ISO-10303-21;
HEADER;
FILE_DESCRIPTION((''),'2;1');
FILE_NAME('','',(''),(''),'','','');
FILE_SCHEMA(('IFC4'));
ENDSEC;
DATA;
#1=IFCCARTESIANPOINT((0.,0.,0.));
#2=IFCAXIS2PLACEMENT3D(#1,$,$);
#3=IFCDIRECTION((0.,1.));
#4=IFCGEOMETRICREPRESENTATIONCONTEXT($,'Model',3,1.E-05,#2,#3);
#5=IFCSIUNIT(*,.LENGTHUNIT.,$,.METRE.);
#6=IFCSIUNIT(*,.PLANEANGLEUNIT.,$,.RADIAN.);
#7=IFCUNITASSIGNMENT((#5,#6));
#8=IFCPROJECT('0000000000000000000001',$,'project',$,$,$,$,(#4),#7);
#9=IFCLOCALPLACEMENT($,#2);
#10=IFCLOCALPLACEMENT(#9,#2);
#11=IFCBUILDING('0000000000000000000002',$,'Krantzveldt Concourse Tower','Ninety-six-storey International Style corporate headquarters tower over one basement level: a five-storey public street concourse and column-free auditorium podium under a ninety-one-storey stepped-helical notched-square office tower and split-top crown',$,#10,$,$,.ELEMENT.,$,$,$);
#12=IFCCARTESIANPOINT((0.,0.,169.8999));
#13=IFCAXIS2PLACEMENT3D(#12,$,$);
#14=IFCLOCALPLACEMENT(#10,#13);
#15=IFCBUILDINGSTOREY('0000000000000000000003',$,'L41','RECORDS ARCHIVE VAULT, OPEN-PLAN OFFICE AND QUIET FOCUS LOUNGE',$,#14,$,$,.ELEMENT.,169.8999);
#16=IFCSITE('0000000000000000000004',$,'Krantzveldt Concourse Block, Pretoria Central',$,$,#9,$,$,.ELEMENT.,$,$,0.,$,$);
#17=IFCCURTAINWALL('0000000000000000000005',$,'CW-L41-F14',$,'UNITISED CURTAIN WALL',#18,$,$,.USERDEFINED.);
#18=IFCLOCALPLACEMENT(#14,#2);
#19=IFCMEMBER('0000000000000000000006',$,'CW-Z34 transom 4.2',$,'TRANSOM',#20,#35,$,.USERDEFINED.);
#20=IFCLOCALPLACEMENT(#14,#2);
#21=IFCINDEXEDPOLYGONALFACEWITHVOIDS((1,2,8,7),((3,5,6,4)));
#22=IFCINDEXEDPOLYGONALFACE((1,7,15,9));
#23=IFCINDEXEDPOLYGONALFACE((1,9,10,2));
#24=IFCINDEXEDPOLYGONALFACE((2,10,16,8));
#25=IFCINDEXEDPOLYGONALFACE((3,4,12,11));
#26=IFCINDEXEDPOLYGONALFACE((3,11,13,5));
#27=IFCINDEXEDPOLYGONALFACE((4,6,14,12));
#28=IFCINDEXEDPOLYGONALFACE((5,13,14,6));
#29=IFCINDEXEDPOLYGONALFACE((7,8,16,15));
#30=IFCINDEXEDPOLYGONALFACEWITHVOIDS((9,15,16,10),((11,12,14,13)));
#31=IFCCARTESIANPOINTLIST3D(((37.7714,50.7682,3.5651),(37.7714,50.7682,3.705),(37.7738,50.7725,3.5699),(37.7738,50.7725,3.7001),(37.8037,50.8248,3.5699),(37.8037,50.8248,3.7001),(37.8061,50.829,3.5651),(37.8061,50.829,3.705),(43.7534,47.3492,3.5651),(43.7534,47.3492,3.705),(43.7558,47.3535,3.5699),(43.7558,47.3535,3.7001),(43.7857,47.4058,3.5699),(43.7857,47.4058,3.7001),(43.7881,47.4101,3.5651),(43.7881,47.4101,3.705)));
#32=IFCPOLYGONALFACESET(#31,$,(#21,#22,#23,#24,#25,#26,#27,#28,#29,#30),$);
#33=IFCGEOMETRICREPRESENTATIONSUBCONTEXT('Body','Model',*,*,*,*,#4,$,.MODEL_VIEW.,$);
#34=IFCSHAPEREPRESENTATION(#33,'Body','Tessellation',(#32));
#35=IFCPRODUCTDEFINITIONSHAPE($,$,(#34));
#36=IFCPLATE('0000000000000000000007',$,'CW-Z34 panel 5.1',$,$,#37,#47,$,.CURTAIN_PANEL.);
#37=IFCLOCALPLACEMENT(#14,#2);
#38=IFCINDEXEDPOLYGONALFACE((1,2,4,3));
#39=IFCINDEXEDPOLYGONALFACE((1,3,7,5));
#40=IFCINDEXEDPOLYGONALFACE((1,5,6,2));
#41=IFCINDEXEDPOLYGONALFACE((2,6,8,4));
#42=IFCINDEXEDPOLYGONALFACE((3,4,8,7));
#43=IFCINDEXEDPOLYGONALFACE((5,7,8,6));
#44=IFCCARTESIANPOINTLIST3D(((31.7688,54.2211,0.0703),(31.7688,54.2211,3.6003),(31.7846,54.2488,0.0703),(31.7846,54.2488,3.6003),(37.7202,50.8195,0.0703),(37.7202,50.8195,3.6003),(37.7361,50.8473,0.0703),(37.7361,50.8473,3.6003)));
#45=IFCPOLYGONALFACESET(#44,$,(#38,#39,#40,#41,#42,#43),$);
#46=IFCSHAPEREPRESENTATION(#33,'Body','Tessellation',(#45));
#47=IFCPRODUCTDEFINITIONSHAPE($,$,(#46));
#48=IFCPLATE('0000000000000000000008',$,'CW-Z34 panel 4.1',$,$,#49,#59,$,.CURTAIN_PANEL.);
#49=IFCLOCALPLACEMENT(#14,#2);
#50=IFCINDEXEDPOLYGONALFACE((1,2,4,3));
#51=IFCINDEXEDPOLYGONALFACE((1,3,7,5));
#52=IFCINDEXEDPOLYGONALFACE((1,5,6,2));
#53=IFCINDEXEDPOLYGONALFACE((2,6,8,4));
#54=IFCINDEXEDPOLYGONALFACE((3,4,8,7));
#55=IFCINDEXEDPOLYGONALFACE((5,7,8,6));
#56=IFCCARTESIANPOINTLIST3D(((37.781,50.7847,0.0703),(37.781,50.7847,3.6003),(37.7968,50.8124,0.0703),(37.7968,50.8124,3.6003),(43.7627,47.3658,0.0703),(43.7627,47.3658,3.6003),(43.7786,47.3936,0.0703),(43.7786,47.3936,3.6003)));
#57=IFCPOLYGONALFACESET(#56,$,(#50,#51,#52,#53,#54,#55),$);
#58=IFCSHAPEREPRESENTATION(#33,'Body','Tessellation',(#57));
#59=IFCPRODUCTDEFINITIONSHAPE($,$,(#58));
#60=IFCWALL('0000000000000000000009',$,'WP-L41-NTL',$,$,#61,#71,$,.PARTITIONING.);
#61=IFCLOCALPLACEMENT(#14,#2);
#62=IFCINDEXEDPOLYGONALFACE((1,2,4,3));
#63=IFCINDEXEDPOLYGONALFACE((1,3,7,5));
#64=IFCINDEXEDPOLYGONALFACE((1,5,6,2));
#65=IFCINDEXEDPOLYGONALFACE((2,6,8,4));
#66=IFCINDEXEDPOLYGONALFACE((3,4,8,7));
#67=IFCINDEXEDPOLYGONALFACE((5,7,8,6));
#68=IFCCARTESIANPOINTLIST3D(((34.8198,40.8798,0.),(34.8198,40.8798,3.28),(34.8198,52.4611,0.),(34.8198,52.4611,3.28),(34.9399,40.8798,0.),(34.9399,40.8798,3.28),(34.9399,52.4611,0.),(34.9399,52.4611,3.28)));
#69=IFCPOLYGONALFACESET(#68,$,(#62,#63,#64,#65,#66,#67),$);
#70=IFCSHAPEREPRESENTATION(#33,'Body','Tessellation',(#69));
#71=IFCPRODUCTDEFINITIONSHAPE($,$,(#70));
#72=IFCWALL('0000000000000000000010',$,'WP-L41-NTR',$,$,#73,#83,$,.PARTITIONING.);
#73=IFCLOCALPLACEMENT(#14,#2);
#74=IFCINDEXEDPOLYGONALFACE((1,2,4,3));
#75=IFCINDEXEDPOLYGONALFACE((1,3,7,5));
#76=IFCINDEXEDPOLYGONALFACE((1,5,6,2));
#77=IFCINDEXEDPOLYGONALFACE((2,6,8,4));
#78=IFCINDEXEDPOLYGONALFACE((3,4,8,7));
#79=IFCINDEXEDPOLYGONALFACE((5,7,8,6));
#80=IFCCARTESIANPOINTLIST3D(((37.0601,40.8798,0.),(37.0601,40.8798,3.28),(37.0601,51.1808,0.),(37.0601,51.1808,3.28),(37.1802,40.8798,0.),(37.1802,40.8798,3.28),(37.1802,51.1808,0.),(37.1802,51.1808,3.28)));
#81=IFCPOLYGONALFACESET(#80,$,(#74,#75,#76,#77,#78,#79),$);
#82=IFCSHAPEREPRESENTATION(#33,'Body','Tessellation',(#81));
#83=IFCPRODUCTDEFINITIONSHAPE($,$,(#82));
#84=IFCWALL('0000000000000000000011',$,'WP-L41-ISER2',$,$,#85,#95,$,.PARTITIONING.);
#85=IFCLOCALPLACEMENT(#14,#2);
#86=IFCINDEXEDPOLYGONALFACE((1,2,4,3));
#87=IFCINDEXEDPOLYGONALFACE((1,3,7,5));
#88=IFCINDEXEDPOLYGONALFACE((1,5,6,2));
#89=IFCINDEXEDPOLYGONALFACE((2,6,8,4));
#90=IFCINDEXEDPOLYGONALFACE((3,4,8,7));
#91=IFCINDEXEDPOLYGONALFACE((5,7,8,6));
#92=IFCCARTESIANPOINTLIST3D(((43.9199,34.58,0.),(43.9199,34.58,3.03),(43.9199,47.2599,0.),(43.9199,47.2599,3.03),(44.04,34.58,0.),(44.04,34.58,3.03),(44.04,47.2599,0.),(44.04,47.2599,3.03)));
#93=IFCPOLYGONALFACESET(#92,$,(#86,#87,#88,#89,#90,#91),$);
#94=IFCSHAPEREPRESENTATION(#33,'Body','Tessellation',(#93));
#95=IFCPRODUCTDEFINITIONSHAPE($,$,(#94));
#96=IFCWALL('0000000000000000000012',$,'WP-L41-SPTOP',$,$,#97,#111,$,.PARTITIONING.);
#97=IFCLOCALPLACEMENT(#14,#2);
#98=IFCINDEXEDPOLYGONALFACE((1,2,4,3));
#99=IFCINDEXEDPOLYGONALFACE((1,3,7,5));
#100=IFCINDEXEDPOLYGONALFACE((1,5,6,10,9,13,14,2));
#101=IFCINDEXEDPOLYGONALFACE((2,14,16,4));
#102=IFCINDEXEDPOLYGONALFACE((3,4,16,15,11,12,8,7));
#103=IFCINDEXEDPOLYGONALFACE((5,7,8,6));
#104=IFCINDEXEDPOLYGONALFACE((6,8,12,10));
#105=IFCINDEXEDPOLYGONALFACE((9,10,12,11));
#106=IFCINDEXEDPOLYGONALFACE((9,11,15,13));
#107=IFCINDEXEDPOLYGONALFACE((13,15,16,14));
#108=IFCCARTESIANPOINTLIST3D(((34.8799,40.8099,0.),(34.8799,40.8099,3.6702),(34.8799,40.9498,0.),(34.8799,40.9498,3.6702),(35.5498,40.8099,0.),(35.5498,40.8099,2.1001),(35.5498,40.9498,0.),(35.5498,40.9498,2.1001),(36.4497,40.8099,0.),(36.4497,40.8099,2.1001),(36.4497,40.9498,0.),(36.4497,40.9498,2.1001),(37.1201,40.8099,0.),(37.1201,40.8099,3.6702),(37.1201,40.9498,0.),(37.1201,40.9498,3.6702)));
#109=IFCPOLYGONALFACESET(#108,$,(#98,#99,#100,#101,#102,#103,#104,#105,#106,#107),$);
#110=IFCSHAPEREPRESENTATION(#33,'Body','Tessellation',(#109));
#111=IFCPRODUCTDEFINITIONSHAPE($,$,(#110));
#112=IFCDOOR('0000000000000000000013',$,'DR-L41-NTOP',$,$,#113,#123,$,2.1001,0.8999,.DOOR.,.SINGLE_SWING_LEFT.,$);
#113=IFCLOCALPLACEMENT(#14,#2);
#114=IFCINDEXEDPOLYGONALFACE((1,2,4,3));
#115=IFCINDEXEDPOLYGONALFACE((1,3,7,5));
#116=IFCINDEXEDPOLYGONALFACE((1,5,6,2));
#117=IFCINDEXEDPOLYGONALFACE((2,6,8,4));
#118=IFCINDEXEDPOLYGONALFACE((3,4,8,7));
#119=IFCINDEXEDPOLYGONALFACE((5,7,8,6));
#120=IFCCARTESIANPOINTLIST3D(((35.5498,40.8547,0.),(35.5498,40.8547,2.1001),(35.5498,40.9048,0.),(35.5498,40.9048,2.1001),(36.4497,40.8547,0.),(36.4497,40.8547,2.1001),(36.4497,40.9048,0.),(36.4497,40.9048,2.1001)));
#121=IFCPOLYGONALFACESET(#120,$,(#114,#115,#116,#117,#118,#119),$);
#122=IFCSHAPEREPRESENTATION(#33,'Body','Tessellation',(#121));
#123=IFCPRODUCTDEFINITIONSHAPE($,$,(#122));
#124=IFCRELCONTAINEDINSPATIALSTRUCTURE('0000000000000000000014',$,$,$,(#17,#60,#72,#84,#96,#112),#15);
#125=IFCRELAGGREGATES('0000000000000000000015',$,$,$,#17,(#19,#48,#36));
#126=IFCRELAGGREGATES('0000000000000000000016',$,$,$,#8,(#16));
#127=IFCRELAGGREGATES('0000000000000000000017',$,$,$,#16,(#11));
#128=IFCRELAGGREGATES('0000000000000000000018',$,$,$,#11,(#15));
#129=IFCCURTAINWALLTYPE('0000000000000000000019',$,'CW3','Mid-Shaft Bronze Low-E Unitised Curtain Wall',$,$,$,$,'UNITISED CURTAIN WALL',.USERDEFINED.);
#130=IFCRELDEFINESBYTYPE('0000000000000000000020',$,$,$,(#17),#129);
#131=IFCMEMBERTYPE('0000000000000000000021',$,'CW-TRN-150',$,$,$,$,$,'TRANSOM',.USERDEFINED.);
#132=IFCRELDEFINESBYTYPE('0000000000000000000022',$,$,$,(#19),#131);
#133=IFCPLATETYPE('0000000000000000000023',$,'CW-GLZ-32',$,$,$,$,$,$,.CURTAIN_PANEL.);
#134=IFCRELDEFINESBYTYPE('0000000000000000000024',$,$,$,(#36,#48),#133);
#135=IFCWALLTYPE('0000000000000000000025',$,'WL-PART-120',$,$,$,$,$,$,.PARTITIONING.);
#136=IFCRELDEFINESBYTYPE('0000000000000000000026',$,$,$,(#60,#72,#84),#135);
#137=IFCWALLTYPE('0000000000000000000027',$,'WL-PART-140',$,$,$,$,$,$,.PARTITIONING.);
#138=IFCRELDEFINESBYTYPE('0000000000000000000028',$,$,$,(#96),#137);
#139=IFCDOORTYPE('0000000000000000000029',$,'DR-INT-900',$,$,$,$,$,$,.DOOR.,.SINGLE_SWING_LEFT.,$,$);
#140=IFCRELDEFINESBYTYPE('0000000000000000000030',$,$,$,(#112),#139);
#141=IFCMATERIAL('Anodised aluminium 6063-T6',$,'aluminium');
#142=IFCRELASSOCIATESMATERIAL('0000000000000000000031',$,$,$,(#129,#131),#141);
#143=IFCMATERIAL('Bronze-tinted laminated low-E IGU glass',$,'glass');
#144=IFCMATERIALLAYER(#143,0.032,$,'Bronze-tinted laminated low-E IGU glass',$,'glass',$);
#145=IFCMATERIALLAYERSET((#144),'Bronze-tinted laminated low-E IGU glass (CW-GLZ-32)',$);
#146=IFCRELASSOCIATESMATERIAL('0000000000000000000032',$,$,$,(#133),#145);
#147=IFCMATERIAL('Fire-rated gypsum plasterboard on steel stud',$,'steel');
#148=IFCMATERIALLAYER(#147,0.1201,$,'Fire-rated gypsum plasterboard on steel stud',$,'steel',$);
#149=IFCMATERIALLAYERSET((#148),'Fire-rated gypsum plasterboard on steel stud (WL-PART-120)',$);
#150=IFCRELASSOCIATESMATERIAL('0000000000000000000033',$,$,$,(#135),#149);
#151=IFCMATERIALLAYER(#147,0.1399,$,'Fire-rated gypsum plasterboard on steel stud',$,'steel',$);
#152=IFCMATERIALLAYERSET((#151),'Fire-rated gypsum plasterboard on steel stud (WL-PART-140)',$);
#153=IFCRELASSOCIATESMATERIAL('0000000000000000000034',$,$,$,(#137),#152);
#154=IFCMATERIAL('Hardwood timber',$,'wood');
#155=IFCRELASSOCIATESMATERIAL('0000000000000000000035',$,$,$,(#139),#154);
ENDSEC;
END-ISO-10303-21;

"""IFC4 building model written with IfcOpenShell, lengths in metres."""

from ifc_helpers import new_model, si_unit, direction, frame, frame_2d, origin, origin_2d, place, context, subcontext, project, spatial, rectangle, hollow_rectangle, extrude, source, transform, mapped, material, layer, layer_set, material_profile, profile_set, type_object, type_shapes, element, fill, aggregate, save


model = new_model("IFC4")

# Units and contexts
model_context = context("Model", 3, precision=1e-05, world=origin(), true_north=direction((0.0, 1.0)))
body_context = subcontext(model_context, "Body", "Model", "MODEL_VIEW")
ifc_project = project(units=[si_unit("LENGTHUNIT", "METRE"), si_unit("PLANEANGLEUNIT", "RADIAN")], contexts=[model_context])

# Site, building, storey
site_placement = place(None, origin())
site = spatial("IfcSite", under=ifc_project, at=site_placement, Name="Krantzveldt Concourse Block, Pretoria Central", CompositionType="ELEMENT", RefElevation=0.0)
building_placement = place(site_placement, origin())
building = spatial("IfcBuilding", under=site, at=building_placement, Name="Krantzveldt Concourse Tower", Description="Ninety-six-storey International Style corporate headquarters tower over one basement level: a five-storey public street concourse and column-free auditorium podium under a ninety-one-storey stepped-helical notched-square office tower and split-top crown", CompositionType="ELEMENT")
storey_placement = place(building_placement, frame((0.0, 0.0, 169.8999)))
storey = spatial("IfcBuildingStorey", under=building, at=storey_placement, Name="L41", Description="RECORDS ARCHIVE VAULT, OPEN-PLAN OFFICE AND QUIET FOCUS LOUNGE", CompositionType="ELEMENT", Elevation=169.8999)

# Curtain wall, member, plates
ifc_material_1 = material(Name="Anodised aluminium 6063-T6", Category="aluminium")
curtain_wall_type = type_object("IfcCurtainWallType", Name="CW3", Description="Mid-Shaft Bronze Low-E Unitised Curtain Wall", ElementType="UNITISED CURTAIN WALL", PredefinedType="USERDEFINED", material=ifc_material_1)
curtain_wall_placement = place(storey_placement, origin())
curtain_wall = element("IfcCurtainWall", 1, at=curtain_wall_placement, inside=storey, type_object=curtain_wall_type, Name="CW-L41-F14", ObjectType="UNITISED CURTAIN WALL", PredefinedType="USERDEFINED")
ifc_material_profile_1 = material_profile(ifc_material_1, hollow_rectangle(XDim=0.0701, YDim=0.1399, WallThickness=0.0049, at=origin_2d()), Name="Anodised aluminium 6063-T6", Category="aluminium")
ifc_profile_set_1 = profile_set([ifc_material_profile_1], Name="Anodised aluminium 6063-T6 - ALU-TRAN 140x70x5")
member_type_1 = type_object("IfcMemberType", Name="CW-TRN-150", ElementType="TRANSOM", PredefinedType="USERDEFINED", material=ifc_profile_set_1)
shared_shape_1 = source(origin(), body_context, "Body", "SweptSolid", [
    extrude(hollow_rectangle(XDim=0.0701, YDim=0.1399, WallThickness=0.0049, at=origin_2d()), origin(), (0.0, 0.0, 1.0), 6.8901),
])
member_1_placement = place(storey_placement, frame((43.7708, 47.3796, 3.635), z_axis=(-0.8682, 0.496215, 0.0), x_axis=(-0.496215, -0.8682, 0.0)))
member_1 = element("IfcMember", 2, at=member_1_placement, type_object=member_type_1, Name="CW-Z34 transom 4.2", ObjectType="TRANSOM", PredefinedType="USERDEFINED", context=body_context, shape_type="MappedRepresentation", body=[
    mapped(shared_shape_1, transform((0.0, 0.0, 0.0), x_axis=(1.0, 0.0, 0.0), y_axis=(0.0, 1.0, 0.0), z_axis=(0.0, 0.0, 1.0), scale=1.0)),
])
ifc_material_2 = material(Name="Bronze-tinted laminated low-E IGU glass", Category="glass")
ifc_layer_1 = layer(ifc_material_2, 0.032, Name="Bronze-tinted laminated low-E IGU glass", Category="glass")
ifc_layer_set_1 = layer_set([ifc_layer_1], Name="Bronze-tinted laminated low-E IGU glass (CW-GLZ-32)")
plate_type = type_object("IfcPlateType", Name="CW-GLZ-32", PredefinedType="CURTAIN_PANEL", material=ifc_layer_set_1)
shared_shape_2 = source(origin(), body_context, "Body", "SweptSolid", [
    extrude(rectangle(XDim=6.855, YDim=0.032, at=origin_2d()), origin(), (0.0, 0.0, 1.0), 3.53),
])
plate_1_placement = place(storey_placement, frame((34.7524, 52.5342, 0.0703), z_axis=(0.0, 0.0, 1.0), x_axis=(-0.868199, 0.496216, 0.0)))
plate_1 = element("IfcPlate", 3, at=plate_1_placement, type_object=plate_type, Name="CW-Z34 panel 5.1", PredefinedType="CURTAIN_PANEL", context=body_context, shape_type="MappedRepresentation", body=[
    mapped(shared_shape_2, transform((0.0, 0.0, 0.0), x_axis=(1.0, 0.0, 0.0), y_axis=(0.0, 1.0, 0.0), z_axis=(0.0, 0.0, 1.0), scale=1.0)),
])
shared_shape_3 = source(origin(), body_context, "Body", "SweptSolid", [
    extrude(rectangle(XDim=6.8899, YDim=0.032, at=origin_2d()), origin(), (0.0, 0.0, 1.0), 3.53),
])
type_shapes(plate_type, [shared_shape_2, shared_shape_3])
plate_2_placement = place(storey_placement, frame((40.7798, 49.0891, 0.0703), z_axis=(0.0, 0.0, 1.0), x_axis=(-0.868199, 0.496216, 0.0)))
plate_2 = element("IfcPlate", 4, at=plate_2_placement, type_object=plate_type, Name="CW-Z34 panel 4.1", PredefinedType="CURTAIN_PANEL", context=body_context, shape_type="MappedRepresentation", body=[
    mapped(shared_shape_3, transform((0.0, 0.0, 0.0), x_axis=(1.0, 0.0, 0.0), y_axis=(0.0, 1.0, 0.0), z_axis=(0.0, 0.0, 1.0), scale=1.0)),
])
aggregate(curtain_wall, [member_1, plate_2, plate_1])

# Walls
ifc_material_3 = material(Name="Fire-rated gypsum plasterboard on steel stud", Category="steel")
ifc_layer_2 = layer(ifc_material_3, 0.1201, Name="Fire-rated gypsum plasterboard on steel stud", Category="steel")
ifc_layer_set_2 = layer_set([ifc_layer_2], Name="Fire-rated gypsum plasterboard on steel stud (WL-PART-120)")
wall_type_1 = type_object("IfcWallType", Name="WL-PART-120", PredefinedType="PARTITIONING", material=ifc_layer_set_2)
wall_1_placement = place(storey_placement, frame((34.8799, 40.8799, 0.0), z_axis=(0.0, 0.0, 1.0), x_axis=(0.0, 1.0, 0.0)))
element("IfcWall", 5, at=wall_1_placement, inside=storey, type_object=wall_type_1, Name="WP-L41-NTL", PredefinedType="PARTITIONING", context=body_context, shape_type="SweptSolid", body=[
    extrude(rectangle(XDim=11.5813, YDim=0.1201, at=frame_2d((5.7905, 0.0))), origin(), (0.0, 0.0, 1.0), 3.28),
])
wall_2_placement = place(storey_placement, frame((37.1201, 40.8799, 0.0), z_axis=(0.0, 0.0, 1.0), x_axis=(0.0, 1.0, 0.0)))
element("IfcWall", 6, at=wall_2_placement, inside=storey, type_object=wall_type_1, Name="WP-L41-NTR", PredefinedType="PARTITIONING", context=body_context, shape_type="SweptSolid", body=[
    extrude(rectangle(XDim=10.301, YDim=0.1201, at=frame_2d((5.1504, 0.0))), origin(), (0.0, 0.0, 1.0), 3.28),
])
wall_3_placement = place(storey_placement, frame((43.98, 34.5801, 0.0), z_axis=(0.0, 0.0, 1.0), x_axis=(0.0, 1.0, 0.0)))
element("IfcWall", 7, at=wall_3_placement, inside=storey, type_object=wall_type_1, Name="WP-L41-ISER2", PredefinedType="PARTITIONING", context=body_context, shape_type="SweptSolid", body=[
    extrude(rectangle(XDim=12.6799, YDim=0.1201, at=frame_2d((6.3398, 0.0))), origin(), (0.0, 0.0, 1.0), 3.03),
])

# Wall, opening, door
ifc_layer_3 = layer(ifc_material_3, 0.1399, Name="Fire-rated gypsum plasterboard on steel stud", Category="steel")
ifc_layer_set_3 = layer_set([ifc_layer_3], Name="Fire-rated gypsum plasterboard on steel stud (WL-PART-140)")
wall_type_2 = type_object("IfcWallType", Name="WL-PART-140", PredefinedType="PARTITIONING", material=ifc_layer_set_3)
wall_4_placement = place(storey_placement, frame((34.8799, 40.8799, 0.0), z_axis=(0.0, 0.0, 1.0), x_axis=(1.0, 0.0, 0.0)))
wall_4 = element("IfcWall", 8, at=wall_4_placement, inside=storey, type_object=wall_type_2, Name="WP-L41-SPTOP", PredefinedType="PARTITIONING", context=body_context, shape_type="SweptSolid", body=[
    extrude(rectangle(XDim=2.2402, YDim=0.1399, at=frame_2d((1.1201, 0.0))), origin(), (0.0, 0.0, 1.0), 3.6702),
])
opening_placement = place(wall_4_placement, frame((0.6699, 0.0, 0.0)))
opening = element("IfcOpeningElement", 9, at=opening_placement, cuts=wall_4, PredefinedType="OPENING", context=body_context, shape_type="SweptSolid", body=[
    extrude(rectangle(XDim=0.8999, YDim=2.1001, at=frame_2d((0.45, 1.05))), frame((0.0, 0.0801, 0.0), z_axis=(0.0, -1.0, 0.0), x_axis=(1.0, 0.0, 0.0)), (0.0, 0.0, 1.0), 0.1599),
])
ifc_material_4 = material(Name="Hardwood timber", Category="wood")
door_type = type_object("IfcDoorType", Name="DR-INT-900", OperationType="SINGLE_SWING_LEFT", PredefinedType="DOOR", material=ifc_material_4)
door_placement = place(opening_placement, origin())
door = element("IfcDoor", 10, at=door_placement, inside=storey, type_object=door_type, Name="DR-L41-NTOP", OperationType="SINGLE_SWING_LEFT", OverallHeight=2.1001, OverallWidth=0.8999, PredefinedType="DOOR", context=body_context, shape_type="SweptSolid", body=[
    extrude(rectangle(XDim=0.8999, YDim=2.1001, at=frame_2d((0.45, 1.05))), frame((0.0, 0.0249, 0.0), z_axis=(0.0, -1.0, 0.0), x_axis=(1.0, 0.0, 0.0)), (0.0, 0.0, 1.0), 0.05),
])
fill(opening, door)

save(model, "model.ifc")
